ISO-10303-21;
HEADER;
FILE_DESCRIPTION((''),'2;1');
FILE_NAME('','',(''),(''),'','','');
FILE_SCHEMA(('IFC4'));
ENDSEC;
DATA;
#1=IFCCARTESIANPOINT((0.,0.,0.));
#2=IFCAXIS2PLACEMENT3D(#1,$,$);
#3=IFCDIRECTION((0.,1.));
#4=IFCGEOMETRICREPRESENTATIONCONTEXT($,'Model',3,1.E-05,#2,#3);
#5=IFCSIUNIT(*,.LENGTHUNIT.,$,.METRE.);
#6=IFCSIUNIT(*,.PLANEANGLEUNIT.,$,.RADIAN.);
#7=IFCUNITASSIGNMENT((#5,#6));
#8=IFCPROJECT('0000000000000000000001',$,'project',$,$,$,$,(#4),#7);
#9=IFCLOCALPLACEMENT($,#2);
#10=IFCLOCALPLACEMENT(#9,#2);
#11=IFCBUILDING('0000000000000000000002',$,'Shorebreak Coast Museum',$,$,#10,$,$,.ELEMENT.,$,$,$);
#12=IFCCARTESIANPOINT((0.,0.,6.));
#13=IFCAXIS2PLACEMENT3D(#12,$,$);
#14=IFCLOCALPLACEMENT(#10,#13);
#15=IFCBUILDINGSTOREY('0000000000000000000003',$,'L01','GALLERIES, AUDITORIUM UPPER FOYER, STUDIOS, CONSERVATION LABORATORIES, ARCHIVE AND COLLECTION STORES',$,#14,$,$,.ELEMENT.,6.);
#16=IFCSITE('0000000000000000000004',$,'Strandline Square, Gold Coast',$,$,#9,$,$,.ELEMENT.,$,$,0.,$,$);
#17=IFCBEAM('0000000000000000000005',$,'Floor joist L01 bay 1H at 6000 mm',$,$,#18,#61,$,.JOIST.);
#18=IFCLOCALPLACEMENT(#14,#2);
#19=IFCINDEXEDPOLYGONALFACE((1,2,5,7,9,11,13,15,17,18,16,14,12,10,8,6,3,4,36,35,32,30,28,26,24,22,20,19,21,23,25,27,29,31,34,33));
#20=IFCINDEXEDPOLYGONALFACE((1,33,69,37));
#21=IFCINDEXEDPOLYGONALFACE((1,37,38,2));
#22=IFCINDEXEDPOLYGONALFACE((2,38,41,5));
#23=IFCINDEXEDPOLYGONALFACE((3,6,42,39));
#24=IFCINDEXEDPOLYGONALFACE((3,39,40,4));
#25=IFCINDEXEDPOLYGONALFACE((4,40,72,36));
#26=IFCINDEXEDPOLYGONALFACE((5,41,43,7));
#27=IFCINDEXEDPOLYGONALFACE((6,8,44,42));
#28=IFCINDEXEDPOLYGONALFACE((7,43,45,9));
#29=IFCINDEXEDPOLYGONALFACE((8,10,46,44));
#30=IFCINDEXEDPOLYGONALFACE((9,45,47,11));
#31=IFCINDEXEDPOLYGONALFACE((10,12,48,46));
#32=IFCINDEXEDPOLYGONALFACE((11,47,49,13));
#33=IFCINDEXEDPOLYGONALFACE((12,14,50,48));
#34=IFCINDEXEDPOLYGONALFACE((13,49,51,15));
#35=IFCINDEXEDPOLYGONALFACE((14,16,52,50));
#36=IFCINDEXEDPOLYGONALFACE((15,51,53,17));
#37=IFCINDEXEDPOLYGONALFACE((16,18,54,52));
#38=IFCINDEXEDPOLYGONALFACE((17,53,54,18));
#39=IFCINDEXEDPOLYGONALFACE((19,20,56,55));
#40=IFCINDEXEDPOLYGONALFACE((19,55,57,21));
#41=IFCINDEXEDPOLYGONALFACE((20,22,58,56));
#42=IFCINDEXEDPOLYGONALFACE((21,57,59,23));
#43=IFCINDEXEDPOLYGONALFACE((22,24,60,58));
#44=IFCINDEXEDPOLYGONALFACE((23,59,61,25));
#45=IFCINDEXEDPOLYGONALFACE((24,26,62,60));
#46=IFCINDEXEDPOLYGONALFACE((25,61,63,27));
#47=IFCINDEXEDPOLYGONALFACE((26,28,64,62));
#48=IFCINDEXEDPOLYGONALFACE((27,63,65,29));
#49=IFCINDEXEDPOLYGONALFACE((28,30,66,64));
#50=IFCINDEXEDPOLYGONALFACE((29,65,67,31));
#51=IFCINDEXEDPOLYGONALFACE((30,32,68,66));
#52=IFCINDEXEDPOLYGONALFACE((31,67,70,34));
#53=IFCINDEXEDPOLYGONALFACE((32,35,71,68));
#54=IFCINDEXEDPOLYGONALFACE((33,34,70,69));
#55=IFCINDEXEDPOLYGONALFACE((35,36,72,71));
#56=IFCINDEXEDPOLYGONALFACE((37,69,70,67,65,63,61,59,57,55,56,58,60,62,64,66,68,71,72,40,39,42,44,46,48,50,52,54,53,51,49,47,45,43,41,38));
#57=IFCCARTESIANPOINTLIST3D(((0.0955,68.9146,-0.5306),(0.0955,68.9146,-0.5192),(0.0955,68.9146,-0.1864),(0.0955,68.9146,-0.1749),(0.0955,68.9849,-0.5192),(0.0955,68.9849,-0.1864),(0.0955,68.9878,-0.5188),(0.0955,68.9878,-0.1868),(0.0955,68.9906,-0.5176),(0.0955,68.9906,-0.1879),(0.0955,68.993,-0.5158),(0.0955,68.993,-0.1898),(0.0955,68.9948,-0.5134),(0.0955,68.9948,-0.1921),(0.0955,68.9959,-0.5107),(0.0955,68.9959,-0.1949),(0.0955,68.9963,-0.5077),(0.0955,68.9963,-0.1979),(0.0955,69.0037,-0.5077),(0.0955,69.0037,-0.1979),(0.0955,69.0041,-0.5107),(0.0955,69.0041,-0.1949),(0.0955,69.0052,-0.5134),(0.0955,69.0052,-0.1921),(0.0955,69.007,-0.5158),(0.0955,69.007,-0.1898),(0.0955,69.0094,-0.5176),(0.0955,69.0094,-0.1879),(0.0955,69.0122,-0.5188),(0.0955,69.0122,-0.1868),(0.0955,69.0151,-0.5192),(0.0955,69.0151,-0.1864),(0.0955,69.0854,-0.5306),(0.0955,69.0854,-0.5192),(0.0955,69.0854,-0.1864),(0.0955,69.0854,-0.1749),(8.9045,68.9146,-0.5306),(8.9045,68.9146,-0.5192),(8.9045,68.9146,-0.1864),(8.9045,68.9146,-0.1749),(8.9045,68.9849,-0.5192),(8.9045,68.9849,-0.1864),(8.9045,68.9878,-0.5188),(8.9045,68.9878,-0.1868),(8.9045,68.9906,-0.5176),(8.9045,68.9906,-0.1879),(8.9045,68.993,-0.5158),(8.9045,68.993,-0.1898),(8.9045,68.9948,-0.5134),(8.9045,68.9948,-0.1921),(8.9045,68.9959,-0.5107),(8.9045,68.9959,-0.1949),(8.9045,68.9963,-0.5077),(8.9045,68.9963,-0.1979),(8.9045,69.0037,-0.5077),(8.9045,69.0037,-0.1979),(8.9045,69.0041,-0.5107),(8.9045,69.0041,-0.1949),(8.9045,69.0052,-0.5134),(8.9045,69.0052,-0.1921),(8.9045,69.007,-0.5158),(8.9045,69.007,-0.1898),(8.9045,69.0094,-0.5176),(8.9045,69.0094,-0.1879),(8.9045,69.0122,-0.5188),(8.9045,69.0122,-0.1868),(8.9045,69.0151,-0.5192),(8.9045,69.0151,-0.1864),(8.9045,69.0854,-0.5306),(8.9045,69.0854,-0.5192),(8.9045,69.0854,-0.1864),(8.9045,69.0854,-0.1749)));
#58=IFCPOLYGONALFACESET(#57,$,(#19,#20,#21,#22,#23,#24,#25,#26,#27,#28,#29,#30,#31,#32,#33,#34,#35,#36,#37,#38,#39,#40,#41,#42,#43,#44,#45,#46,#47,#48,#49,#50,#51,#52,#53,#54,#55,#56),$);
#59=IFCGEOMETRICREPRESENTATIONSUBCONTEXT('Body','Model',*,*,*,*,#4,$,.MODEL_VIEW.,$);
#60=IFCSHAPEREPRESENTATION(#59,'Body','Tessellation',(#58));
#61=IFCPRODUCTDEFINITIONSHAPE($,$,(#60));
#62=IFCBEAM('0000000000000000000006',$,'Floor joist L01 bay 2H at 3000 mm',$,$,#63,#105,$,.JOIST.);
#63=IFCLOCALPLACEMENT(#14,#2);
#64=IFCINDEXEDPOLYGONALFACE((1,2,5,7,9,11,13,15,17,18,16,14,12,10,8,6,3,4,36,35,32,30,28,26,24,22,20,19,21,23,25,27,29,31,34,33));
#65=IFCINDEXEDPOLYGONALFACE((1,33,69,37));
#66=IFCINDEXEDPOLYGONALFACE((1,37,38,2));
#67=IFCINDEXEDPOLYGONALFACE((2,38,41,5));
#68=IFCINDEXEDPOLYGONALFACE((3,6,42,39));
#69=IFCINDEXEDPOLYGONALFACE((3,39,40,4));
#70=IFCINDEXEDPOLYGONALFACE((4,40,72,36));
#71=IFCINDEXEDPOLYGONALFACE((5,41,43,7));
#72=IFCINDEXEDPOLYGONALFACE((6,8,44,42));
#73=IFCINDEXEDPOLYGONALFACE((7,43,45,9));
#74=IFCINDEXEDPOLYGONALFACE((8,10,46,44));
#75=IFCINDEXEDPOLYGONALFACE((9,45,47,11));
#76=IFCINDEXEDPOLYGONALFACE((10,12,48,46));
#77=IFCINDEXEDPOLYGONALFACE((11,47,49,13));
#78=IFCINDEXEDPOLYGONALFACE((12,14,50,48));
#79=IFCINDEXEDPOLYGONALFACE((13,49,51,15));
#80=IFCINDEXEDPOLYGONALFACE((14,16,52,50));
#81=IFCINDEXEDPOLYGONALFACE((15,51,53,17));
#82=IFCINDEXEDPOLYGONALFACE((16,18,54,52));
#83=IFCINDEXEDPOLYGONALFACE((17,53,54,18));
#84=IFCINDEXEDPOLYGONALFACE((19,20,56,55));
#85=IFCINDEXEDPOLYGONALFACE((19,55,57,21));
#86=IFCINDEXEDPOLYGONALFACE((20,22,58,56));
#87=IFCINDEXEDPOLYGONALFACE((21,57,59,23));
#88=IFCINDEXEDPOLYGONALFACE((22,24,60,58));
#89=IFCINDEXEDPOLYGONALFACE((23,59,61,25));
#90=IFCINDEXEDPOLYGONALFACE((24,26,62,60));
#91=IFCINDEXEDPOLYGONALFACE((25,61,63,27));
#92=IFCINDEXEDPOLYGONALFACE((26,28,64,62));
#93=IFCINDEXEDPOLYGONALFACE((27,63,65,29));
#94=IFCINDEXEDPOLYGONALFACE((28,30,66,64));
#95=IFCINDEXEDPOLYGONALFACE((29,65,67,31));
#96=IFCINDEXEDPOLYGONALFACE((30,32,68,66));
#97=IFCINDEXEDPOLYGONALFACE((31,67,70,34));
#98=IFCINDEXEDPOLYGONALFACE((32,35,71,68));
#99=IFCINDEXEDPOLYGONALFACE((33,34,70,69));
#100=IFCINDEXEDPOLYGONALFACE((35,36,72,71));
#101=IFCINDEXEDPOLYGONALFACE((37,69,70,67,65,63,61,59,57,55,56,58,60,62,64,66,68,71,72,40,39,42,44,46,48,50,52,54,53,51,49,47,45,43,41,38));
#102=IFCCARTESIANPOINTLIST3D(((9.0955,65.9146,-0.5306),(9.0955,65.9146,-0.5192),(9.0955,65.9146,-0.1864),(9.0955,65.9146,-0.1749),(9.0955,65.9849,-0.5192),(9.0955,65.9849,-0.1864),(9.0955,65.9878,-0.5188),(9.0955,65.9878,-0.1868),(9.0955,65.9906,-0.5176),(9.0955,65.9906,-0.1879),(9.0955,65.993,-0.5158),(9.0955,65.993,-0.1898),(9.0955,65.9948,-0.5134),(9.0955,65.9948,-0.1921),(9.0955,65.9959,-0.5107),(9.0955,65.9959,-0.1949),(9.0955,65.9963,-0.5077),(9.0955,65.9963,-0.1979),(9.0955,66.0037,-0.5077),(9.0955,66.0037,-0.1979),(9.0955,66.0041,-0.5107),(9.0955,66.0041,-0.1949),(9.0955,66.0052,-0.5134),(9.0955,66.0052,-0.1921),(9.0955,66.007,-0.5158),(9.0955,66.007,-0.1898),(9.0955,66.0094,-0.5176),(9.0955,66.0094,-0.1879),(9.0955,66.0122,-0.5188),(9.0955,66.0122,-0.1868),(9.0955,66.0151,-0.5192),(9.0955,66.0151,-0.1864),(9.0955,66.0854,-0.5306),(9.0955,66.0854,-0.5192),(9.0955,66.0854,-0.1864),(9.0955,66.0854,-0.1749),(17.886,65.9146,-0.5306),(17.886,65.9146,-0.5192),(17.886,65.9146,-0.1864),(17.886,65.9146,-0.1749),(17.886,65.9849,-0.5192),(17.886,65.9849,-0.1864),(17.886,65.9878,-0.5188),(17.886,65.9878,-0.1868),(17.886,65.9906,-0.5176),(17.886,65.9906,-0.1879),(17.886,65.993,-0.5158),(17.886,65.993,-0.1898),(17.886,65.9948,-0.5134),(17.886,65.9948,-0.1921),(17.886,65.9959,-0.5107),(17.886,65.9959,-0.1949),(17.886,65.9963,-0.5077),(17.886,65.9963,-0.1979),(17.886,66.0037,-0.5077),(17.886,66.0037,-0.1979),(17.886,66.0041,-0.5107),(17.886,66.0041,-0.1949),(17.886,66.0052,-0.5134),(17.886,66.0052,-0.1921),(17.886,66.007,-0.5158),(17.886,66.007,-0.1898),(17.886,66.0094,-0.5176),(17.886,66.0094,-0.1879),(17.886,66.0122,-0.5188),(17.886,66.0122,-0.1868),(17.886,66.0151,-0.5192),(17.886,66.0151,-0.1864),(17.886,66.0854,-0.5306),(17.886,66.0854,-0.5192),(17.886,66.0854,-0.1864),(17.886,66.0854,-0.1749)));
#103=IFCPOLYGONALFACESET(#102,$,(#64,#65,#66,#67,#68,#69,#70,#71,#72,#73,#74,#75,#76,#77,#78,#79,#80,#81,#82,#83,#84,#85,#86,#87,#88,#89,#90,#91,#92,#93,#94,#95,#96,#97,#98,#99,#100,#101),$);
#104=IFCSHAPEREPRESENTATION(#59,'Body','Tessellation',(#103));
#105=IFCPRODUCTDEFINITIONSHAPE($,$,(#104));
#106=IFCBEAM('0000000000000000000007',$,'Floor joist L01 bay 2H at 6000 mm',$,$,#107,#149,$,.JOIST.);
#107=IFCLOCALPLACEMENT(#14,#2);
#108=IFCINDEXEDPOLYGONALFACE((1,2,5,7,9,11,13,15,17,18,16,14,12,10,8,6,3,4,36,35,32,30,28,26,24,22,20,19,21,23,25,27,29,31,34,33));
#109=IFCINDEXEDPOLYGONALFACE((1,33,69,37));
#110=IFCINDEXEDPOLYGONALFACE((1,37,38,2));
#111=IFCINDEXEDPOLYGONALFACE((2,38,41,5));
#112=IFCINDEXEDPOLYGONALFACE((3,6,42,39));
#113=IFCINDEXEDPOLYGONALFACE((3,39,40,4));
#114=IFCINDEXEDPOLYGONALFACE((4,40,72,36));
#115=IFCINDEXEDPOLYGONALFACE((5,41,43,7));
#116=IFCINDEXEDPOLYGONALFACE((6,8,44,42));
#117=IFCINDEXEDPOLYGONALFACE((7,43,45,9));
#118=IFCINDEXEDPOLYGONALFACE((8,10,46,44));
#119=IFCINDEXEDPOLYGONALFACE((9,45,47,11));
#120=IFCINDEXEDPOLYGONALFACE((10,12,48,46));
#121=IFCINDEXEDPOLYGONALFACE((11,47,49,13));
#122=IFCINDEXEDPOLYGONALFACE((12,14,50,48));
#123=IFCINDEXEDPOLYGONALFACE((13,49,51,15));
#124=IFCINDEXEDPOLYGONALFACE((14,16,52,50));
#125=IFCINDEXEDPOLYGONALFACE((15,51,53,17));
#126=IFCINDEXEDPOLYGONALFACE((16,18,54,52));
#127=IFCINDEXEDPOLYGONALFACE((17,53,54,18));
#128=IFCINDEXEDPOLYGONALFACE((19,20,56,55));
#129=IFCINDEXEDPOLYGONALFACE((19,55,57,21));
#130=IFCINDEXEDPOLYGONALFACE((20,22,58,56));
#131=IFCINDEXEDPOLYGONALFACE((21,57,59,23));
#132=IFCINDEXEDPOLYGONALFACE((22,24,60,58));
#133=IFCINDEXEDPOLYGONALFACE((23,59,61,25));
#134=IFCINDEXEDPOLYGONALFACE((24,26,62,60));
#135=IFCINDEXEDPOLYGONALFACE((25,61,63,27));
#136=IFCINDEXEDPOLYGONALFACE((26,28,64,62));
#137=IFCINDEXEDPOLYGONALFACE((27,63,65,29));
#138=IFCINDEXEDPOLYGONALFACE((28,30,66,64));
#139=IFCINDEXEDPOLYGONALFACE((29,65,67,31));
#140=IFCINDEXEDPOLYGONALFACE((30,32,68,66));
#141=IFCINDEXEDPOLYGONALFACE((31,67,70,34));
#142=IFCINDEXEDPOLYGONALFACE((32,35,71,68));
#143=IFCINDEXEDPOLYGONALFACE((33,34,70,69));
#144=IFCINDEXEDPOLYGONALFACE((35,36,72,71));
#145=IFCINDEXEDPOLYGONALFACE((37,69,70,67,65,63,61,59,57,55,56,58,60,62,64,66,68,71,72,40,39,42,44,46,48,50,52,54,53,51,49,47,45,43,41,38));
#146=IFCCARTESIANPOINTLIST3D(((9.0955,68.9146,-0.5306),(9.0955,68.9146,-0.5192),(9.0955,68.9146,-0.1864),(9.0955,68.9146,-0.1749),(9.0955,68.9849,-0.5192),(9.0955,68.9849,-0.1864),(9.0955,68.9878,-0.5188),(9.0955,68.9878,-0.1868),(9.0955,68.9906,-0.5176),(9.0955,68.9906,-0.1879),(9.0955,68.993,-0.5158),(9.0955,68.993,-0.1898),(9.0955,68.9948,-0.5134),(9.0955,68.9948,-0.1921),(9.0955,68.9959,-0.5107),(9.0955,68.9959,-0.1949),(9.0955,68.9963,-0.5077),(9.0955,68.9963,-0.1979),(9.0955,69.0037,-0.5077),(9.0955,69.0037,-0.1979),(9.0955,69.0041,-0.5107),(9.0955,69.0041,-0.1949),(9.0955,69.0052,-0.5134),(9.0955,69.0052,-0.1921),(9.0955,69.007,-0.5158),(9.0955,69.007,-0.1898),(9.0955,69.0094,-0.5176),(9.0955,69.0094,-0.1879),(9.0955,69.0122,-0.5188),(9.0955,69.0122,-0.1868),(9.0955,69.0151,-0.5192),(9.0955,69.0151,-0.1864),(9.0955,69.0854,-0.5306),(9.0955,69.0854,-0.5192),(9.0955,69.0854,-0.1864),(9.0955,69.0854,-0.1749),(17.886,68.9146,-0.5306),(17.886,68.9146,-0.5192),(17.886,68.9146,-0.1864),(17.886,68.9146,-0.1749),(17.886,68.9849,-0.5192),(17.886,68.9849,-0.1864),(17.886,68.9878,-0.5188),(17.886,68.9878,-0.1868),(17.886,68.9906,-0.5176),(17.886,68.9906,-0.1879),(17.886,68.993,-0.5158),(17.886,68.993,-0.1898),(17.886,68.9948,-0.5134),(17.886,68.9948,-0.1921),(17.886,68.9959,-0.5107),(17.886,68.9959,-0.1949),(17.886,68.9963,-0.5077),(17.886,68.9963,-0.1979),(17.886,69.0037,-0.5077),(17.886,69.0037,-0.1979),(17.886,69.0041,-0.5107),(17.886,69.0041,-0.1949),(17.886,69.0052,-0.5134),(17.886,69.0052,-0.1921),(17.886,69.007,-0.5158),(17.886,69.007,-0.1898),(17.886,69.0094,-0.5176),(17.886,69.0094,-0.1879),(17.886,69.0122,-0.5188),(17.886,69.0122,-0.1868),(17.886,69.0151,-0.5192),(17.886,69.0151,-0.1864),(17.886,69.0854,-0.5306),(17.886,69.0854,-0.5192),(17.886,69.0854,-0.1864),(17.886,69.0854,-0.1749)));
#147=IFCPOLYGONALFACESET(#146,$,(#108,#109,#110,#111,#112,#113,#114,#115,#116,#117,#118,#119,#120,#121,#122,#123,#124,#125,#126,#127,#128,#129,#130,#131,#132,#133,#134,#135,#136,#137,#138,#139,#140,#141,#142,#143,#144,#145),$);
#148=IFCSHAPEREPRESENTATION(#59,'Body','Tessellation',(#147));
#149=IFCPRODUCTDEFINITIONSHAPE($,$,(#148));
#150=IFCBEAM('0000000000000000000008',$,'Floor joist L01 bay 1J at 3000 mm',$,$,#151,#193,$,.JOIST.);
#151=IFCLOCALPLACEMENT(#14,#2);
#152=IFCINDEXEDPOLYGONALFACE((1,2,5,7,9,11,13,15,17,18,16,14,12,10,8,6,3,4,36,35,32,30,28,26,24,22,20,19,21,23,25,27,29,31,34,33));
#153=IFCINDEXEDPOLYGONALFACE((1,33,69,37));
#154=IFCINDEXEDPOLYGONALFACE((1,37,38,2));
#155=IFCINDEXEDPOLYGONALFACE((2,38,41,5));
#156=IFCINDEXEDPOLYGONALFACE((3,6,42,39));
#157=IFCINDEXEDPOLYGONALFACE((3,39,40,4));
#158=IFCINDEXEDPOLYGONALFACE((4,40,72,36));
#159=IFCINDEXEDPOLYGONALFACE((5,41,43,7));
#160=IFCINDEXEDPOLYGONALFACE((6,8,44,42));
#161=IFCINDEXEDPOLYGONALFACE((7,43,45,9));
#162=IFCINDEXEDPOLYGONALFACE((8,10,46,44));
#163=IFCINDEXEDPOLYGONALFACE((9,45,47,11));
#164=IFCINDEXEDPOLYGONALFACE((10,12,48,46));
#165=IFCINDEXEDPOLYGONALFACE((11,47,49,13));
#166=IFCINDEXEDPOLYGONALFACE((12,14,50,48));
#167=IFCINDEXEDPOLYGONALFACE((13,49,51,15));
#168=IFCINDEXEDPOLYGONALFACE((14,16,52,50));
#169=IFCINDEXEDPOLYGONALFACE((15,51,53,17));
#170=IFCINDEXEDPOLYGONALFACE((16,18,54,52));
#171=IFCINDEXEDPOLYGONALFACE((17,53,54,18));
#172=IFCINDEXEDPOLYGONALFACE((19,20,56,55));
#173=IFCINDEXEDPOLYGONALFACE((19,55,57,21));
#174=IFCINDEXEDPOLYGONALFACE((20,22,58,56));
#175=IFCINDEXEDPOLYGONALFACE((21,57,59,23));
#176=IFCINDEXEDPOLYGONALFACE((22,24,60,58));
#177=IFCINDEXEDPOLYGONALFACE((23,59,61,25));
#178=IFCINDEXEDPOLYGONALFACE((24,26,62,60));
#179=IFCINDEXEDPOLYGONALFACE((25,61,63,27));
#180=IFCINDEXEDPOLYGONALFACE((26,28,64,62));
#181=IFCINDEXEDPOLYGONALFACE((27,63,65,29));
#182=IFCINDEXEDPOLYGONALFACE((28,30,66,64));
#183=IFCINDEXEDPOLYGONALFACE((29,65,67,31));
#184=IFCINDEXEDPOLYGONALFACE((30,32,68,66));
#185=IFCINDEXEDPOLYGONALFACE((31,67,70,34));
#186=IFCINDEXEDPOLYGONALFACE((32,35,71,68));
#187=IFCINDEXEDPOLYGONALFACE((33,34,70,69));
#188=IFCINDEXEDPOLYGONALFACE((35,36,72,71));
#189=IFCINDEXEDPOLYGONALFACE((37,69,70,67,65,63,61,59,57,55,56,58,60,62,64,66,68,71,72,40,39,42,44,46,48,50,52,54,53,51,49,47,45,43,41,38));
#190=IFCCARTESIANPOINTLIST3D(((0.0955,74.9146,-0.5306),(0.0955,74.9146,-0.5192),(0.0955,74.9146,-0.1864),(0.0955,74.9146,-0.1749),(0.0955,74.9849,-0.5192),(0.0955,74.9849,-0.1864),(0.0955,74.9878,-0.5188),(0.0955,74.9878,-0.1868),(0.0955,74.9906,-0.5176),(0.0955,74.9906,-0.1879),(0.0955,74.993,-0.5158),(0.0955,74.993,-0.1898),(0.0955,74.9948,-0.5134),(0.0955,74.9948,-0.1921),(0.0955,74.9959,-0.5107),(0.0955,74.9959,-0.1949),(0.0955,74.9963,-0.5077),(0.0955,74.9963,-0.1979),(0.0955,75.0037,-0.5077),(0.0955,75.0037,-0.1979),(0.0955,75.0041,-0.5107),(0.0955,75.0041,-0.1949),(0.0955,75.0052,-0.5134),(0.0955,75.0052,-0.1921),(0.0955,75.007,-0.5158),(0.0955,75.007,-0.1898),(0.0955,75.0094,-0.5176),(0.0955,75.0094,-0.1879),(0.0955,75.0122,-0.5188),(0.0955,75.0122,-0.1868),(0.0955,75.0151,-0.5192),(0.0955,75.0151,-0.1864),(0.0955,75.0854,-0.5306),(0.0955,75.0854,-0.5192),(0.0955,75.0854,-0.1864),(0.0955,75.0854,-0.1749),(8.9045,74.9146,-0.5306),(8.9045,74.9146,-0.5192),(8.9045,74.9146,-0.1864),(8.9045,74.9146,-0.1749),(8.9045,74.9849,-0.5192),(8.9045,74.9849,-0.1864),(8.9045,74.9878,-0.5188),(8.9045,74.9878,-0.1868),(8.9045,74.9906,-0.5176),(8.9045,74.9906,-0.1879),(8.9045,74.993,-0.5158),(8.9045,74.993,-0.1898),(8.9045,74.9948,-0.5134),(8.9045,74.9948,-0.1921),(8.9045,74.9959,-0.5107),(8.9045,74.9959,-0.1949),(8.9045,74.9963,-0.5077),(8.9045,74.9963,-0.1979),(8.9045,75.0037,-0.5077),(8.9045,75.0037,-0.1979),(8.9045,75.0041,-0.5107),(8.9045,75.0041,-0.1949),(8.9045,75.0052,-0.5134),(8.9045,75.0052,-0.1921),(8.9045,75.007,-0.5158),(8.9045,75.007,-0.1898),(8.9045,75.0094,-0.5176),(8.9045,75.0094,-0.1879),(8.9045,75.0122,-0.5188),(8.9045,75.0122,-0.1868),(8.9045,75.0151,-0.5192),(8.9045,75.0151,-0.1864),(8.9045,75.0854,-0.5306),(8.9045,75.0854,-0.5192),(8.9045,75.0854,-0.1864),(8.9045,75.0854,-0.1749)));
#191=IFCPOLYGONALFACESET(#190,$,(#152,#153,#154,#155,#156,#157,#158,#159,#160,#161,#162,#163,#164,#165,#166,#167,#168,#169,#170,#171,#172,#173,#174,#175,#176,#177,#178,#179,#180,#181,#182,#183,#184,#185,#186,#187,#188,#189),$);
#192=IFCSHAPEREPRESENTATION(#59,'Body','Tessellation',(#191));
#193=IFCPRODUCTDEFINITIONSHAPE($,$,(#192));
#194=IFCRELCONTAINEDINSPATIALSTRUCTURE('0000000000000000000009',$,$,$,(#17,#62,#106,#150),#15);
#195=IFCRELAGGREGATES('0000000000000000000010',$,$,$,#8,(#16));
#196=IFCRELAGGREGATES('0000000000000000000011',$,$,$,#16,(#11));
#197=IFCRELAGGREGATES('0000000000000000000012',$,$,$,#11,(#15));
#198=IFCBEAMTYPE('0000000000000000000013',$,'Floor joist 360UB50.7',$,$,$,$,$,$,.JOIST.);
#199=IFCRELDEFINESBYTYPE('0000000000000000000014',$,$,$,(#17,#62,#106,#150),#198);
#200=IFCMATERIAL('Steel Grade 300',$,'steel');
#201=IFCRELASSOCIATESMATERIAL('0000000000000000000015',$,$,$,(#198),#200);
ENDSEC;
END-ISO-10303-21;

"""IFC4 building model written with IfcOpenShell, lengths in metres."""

from ifc_helpers import new_model, si_unit, direction, frame, origin, origin_2d, place, context, subcontext, project, spatial, i_section, extrude, material, material_profile, profile_set, type_object, element, save


model = new_model("IFC4")

# Units and contexts
model_context = context("Model", 3, precision=1e-05, world=origin(), true_north=direction((0.0, 1.0)))
body_context = subcontext(model_context, "Body", "Model", "MODEL_VIEW")
ifc_project = project(units=[si_unit("LENGTHUNIT", "METRE"), si_unit("PLANEANGLEUNIT", "RADIAN")], contexts=[model_context])

# Site, building, storey
site_placement = place(None, origin())
site = spatial("IfcSite", under=ifc_project, at=site_placement, Name="Strandline Square, Gold Coast", CompositionType="ELEMENT", RefElevation=0.0)
building_placement = place(site_placement, origin())
building = spatial("IfcBuilding", under=site, at=building_placement, Name="Shorebreak Coast Museum", CompositionType="ELEMENT")
storey_placement = place(building_placement, frame((0.0, 0.0, 6.0)))
storey = spatial("IfcBuildingStorey", under=building, at=storey_placement, Name="L01", Description="GALLERIES, AUDITORIUM UPPER FOYER, STUDIOS, CONSERVATION LABORATORIES, ARCHIVE AND COLLECTION STORES", CompositionType="ELEMENT", Elevation=6.0)

# Beams
ifc_material_1 = material(Name="Steel Grade 300", Category="steel")
ifc_material_profile_1 = material_profile(ifc_material_1, i_section(OverallWidth=0.1709, OverallDepth=0.3557, WebThickness=0.0073, FlangeThickness=0.0115, FilletRadius=0.0115, at=origin_2d()), Name="360UB50.7")
ifc_profile_set_1 = profile_set([ifc_material_profile_1], Name="Steel Grade 300")
beam_type_1 = type_object("IfcBeamType", Name="Floor joist 360UB50.7", PredefinedType="JOIST", material=ifc_profile_set_1)
for number, where, z_axis, x_axis, name in (
    (1, (0.0955, 69.0, -0.3528), (1.0, 0.0, 0.0), (0.0, 1.0, 0.0), "Floor joist L01 bay 1H at 6000 mm"),
):
    element("IfcBeam", number, at=place(storey_placement, frame(where, z_axis=z_axis, x_axis=x_axis)), inside=storey, type_object=beam_type_1, Name=name, PredefinedType="JOIST", context=body_context, shape_type="SweptSolid", body=[
        extrude(i_section(OverallWidth=0.1709, OverallDepth=0.3557, WebThickness=0.0073, FlangeThickness=0.0115, FilletRadius=0.0115, at=origin_2d()), origin(), (0.0, 0.0, 1.0), 8.8091),
    ])
for number, where, z_axis, x_axis, name in (
    (2, (9.0955, 66.0, -0.3528), (1.0, 0.0, 0.0), (0.0, 1.0, 0.0), "Floor joist L01 bay 2H at 3000 mm"),
    (3, (9.0955, 69.0, -0.3528), (1.0, 0.0, 0.0), (0.0, 1.0, 0.0), "Floor joist L01 bay 2H at 6000 mm"),
):
    element("IfcBeam", number, at=place(storey_placement, frame(where, z_axis=z_axis, x_axis=x_axis)), inside=storey, type_object=beam_type_1, Name=name, PredefinedType="JOIST", context=body_context, shape_type="SweptSolid", body=[
        extrude(i_section(OverallWidth=0.1709, OverallDepth=0.3557, WebThickness=0.0073, FlangeThickness=0.0115, FilletRadius=0.0115, at=origin_2d()), origin(), (0.0, 0.0, 1.0), 8.7905),
    ])
for number, where, z_axis, x_axis, name in (
    (4, (0.0955, 75.0, -0.3528), (1.0, 0.0, 0.0), (0.0, 1.0, 0.0), "Floor joist L01 bay 1J at 3000 mm"),
):
    element("IfcBeam", number, at=place(storey_placement, frame(where, z_axis=z_axis, x_axis=x_axis)), inside=storey, type_object=beam_type_1, Name=name, PredefinedType="JOIST", context=body_context, shape_type="SweptSolid", body=[
        extrude(i_section(OverallWidth=0.1709, OverallDepth=0.3557, WebThickness=0.0073, FlangeThickness=0.0115, FilletRadius=0.0115, at=origin_2d()), origin(), (0.0, 0.0, 1.0), 8.8091),
    ])

save(model, "model.ifc")
